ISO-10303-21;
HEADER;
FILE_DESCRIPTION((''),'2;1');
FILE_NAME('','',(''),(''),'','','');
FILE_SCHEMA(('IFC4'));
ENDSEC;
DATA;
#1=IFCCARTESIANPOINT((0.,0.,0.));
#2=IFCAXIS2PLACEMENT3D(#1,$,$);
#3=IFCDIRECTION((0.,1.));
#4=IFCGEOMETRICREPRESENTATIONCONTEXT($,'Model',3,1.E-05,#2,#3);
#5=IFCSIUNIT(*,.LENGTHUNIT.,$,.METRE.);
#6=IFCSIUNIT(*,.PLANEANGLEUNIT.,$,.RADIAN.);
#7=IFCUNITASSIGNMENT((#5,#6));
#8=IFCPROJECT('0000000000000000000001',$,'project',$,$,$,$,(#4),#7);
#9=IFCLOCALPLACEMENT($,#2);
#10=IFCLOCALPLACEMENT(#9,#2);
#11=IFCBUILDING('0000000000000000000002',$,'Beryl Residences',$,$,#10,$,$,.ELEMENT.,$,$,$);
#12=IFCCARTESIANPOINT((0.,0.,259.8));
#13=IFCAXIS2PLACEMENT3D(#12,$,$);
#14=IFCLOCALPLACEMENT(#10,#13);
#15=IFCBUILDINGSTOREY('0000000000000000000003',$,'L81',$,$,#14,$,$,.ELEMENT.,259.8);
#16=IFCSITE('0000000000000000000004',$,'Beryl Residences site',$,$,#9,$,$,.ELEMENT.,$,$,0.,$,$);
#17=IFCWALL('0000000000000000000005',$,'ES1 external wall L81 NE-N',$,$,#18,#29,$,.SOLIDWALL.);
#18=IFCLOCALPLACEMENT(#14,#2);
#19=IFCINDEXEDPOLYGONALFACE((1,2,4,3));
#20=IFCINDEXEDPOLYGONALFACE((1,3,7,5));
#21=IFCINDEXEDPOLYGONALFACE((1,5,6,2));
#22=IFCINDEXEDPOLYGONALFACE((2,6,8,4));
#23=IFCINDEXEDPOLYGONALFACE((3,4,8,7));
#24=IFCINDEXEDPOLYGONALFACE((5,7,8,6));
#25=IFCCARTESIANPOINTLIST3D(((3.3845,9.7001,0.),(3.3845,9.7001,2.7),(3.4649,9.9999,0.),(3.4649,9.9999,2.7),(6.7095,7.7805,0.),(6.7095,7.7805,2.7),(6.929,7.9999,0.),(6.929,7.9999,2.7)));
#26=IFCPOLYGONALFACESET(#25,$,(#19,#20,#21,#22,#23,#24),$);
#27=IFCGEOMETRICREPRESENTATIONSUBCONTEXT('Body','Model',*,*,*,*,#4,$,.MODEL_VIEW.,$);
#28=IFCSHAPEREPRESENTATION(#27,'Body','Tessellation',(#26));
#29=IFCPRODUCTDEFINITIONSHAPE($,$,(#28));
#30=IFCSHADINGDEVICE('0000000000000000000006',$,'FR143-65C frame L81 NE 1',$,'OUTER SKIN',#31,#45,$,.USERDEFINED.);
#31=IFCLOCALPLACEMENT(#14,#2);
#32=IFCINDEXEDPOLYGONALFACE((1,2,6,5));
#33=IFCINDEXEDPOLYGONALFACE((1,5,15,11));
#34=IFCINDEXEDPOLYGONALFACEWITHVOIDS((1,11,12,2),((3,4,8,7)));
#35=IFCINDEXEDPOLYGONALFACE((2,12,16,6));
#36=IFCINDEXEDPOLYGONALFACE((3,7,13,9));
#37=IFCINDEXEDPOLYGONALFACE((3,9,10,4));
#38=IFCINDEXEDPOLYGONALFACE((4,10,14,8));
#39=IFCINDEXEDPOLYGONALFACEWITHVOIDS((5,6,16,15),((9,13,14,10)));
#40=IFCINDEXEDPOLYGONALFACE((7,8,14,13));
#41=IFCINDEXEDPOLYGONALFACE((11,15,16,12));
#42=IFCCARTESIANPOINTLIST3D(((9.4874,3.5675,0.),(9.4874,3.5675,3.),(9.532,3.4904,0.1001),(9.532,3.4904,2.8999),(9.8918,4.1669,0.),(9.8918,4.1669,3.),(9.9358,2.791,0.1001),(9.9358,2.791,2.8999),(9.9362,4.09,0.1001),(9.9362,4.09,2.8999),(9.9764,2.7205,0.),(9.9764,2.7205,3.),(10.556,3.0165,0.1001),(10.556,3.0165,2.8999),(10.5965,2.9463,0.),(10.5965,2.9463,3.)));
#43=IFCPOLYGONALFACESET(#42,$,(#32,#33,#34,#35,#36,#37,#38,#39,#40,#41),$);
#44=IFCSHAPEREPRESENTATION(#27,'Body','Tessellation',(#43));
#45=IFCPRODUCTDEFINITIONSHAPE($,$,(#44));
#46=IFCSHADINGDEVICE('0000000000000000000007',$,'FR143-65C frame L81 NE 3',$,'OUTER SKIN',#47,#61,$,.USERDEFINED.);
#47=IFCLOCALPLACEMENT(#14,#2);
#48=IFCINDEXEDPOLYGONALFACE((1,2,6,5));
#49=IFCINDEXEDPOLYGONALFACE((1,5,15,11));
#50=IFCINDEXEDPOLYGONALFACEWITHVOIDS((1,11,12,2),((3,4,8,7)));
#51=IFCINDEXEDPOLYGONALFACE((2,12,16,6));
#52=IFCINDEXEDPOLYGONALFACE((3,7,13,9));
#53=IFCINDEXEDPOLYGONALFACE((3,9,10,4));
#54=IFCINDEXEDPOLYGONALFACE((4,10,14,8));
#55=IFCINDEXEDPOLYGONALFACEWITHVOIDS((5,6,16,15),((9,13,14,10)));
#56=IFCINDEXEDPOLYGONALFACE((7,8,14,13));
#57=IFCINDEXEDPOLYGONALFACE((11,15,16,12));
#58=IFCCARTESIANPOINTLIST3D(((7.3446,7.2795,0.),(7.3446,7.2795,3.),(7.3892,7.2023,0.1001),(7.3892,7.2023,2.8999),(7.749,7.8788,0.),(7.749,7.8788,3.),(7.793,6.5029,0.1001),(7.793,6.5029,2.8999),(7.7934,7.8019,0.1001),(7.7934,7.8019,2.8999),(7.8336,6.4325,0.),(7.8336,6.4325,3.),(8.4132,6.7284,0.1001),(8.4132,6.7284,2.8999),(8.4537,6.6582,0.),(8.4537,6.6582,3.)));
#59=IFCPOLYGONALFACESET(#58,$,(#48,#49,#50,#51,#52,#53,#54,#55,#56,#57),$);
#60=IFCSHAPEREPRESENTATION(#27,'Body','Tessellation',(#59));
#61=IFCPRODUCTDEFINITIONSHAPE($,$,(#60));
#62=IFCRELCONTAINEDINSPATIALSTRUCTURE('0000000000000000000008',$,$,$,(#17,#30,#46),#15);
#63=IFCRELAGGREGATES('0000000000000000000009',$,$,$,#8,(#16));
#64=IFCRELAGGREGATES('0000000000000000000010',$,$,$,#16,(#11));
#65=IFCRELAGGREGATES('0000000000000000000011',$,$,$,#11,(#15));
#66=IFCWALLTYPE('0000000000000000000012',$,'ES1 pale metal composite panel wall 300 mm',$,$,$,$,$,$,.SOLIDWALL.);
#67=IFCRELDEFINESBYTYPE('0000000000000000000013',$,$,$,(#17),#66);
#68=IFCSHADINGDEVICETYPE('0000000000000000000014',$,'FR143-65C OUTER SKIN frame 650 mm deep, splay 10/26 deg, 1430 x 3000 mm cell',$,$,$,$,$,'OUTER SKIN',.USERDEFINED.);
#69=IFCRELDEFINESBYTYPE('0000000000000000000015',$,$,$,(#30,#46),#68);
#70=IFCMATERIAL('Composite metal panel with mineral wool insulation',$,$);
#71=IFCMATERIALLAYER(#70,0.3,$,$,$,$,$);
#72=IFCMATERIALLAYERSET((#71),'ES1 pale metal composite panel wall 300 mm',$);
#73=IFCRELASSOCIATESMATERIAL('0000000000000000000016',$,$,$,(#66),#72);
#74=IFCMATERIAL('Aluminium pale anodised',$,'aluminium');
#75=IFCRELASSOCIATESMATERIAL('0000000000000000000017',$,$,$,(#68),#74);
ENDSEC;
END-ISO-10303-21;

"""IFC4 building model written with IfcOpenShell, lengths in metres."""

from ifc_helpers import new_model, entity, si_unit, direction, frame, origin, place, context, subcontext, project, spatial, polyline, outline, extrude, source, transform, mapped, material, layer, layer_set, type_object, type_shapes, element, save


model = new_model("IFC4")

# Units and contexts
model_context = context("Model", 3, precision=1e-05, world=origin(), true_north=direction((0.0, 1.0)))
body_context = subcontext(model_context, "Body", "Model", "MODEL_VIEW")
ifc_project = project(units=[si_unit("LENGTHUNIT", "METRE"), si_unit("PLANEANGLEUNIT", "RADIAN")], contexts=[model_context])

# Site, building, storey
site_placement = place(None, origin())
site = spatial("IfcSite", under=ifc_project, at=site_placement, Name="Beryl Residences site", CompositionType="ELEMENT", RefElevation=0.0)
building_placement = place(site_placement, origin())
building = spatial("IfcBuilding", under=site, at=building_placement, Name="Beryl Residences", CompositionType="ELEMENT")
storey_placement = place(building_placement, frame((0.0, 0.0, 259.8)))
storey = spatial("IfcBuildingStorey", under=building, at=storey_placement, Name="L81", CompositionType="ELEMENT", Elevation=259.8)

# Wall
ifc_material_1 = material(Name="Composite metal panel with mineral wool insulation")
ifc_layer_1 = layer(ifc_material_1, 0.3)
ifc_layer_set_1 = layer_set([ifc_layer_1], Name="ES1 pale metal composite panel wall 300 mm")
wall_type = type_object("IfcWallType", Name="ES1 pale metal composite panel wall 300 mm", PredefinedType="SOLIDWALL", material=ifc_layer_set_1)
wall_1_placement = place(storey_placement, frame((6.854, 7.8701, 0.0), z_axis=(0.0, 0.0, 1.0), x_axis=(-0.866026, 0.499999, 0.0)))
element("IfcWall", 1, at=wall_1_placement, inside=storey, type_object=wall_type, Name="ES1 external wall L81 NE-N", PredefinedType="SOLIDWALL", context=body_context, shape_type="SweptSolid", body=[
    extrude(outline(polyline([(0.0, -0.1499), (4.0, -0.1499), (3.9197, 0.1499), (0.0803, 0.1499), (0.0, -0.1499)])), origin(), (0.0, 0.0, 1.0), 2.7),
])

# Shading devices
ifc_material_2 = material(Name="Aluminium pale anodised", Category="aluminium")
shading_device_type_1 = type_object("IfcShadingDeviceType", Name="FR143-65C OUTER SKIN frame 650 mm deep, splay 10/26 deg, 1430 x 3000 mm cell", ElementType="OUTER SKIN", PredefinedType="USERDEFINED", material=ifc_material_2)
cartesian_point_1 = entity("IfcCartesianPoint", [-0.489, 0.0])
cartesian_point_2 = entity("IfcCartesianPoint", [-0.4077, 0.1001])
cartesian_point_3 = entity("IfcCartesianPoint", [-0.6035, 0.0])
cartesian_point_4 = entity("IfcCartesianPoint", [-0.5225, 0.1001])
shared_shape_1 = source(origin(), body_context, "Body", "SweptSolid", [
    entity("IfcExtrudedAreaSolidTapered", entity("IfcArbitraryProfileDefWithVoids", "AREA", None, entity("IfcPolyline", [cartesian_point_1, entity("IfcCartesianPoint", [0.489, 0.0]), entity("IfcCartesianPoint", [0.489, 3.0]), entity("IfcCartesianPoint", [-0.489, 3.0]), cartesian_point_1]), [entity("IfcPolyline", [cartesian_point_2, entity("IfcCartesianPoint", [0.3999, 0.1001]), entity("IfcCartesianPoint", [0.3999, 2.8999]), entity("IfcCartesianPoint", [-0.4077, 2.8999]), cartesian_point_2])]), entity("IfcAxis2Placement3D", entity("IfcCartesianPoint", [0.0, 0.0, 0.0]), entity("IfcDirection", [0.0, 1.0, 0.0]), entity("IfcDirection", [-1.0, 0.0, 0.0])), entity("IfcDirection", [0.0, 0.0, 1.0]), 0.6499, entity("IfcArbitraryProfileDefWithVoids", "AREA", None, entity("IfcPolyline", [cartesian_point_3, entity("IfcCartesianPoint", [0.8059, 0.0]), entity("IfcCartesianPoint", [0.8059, 3.0]), entity("IfcCartesianPoint", [-0.6035, 3.0]), cartesian_point_3]), [entity("IfcPolyline", [cartesian_point_4, entity("IfcCartesianPoint", [0.717, 0.1001]), entity("IfcCartesianPoint", [0.717, 2.8999]), entity("IfcCartesianPoint", [-0.5225, 2.8999]), cartesian_point_4])])),
])
type_shapes(shading_device_type_1, [shared_shape_1])
for number, where, z_axis, x_axis, name in (
    (2, (9.7319, 3.144, 0.0), (0.0, 0.0, 1.0), (0.5, -0.866025, 0.0), "FR143-65C frame L81 NE 1"),
    (3, (7.5891, 6.856, 0.0), (0.0, 0.0, 1.0), (0.5, -0.866025, 0.0), "FR143-65C frame L81 NE 3"),
):
    element("IfcShadingDevice", number, at=place(storey_placement, frame(where, z_axis=z_axis, x_axis=x_axis)), inside=storey, type_object=shading_device_type_1, Name=name, ObjectType="OUTER SKIN", PredefinedType="USERDEFINED", context=body_context, shape_type="MappedRepresentation", body=[
        mapped(shared_shape_1, transform((0.0, 0.0, 0.0))),
    ])

save(model, "model.ifc")
